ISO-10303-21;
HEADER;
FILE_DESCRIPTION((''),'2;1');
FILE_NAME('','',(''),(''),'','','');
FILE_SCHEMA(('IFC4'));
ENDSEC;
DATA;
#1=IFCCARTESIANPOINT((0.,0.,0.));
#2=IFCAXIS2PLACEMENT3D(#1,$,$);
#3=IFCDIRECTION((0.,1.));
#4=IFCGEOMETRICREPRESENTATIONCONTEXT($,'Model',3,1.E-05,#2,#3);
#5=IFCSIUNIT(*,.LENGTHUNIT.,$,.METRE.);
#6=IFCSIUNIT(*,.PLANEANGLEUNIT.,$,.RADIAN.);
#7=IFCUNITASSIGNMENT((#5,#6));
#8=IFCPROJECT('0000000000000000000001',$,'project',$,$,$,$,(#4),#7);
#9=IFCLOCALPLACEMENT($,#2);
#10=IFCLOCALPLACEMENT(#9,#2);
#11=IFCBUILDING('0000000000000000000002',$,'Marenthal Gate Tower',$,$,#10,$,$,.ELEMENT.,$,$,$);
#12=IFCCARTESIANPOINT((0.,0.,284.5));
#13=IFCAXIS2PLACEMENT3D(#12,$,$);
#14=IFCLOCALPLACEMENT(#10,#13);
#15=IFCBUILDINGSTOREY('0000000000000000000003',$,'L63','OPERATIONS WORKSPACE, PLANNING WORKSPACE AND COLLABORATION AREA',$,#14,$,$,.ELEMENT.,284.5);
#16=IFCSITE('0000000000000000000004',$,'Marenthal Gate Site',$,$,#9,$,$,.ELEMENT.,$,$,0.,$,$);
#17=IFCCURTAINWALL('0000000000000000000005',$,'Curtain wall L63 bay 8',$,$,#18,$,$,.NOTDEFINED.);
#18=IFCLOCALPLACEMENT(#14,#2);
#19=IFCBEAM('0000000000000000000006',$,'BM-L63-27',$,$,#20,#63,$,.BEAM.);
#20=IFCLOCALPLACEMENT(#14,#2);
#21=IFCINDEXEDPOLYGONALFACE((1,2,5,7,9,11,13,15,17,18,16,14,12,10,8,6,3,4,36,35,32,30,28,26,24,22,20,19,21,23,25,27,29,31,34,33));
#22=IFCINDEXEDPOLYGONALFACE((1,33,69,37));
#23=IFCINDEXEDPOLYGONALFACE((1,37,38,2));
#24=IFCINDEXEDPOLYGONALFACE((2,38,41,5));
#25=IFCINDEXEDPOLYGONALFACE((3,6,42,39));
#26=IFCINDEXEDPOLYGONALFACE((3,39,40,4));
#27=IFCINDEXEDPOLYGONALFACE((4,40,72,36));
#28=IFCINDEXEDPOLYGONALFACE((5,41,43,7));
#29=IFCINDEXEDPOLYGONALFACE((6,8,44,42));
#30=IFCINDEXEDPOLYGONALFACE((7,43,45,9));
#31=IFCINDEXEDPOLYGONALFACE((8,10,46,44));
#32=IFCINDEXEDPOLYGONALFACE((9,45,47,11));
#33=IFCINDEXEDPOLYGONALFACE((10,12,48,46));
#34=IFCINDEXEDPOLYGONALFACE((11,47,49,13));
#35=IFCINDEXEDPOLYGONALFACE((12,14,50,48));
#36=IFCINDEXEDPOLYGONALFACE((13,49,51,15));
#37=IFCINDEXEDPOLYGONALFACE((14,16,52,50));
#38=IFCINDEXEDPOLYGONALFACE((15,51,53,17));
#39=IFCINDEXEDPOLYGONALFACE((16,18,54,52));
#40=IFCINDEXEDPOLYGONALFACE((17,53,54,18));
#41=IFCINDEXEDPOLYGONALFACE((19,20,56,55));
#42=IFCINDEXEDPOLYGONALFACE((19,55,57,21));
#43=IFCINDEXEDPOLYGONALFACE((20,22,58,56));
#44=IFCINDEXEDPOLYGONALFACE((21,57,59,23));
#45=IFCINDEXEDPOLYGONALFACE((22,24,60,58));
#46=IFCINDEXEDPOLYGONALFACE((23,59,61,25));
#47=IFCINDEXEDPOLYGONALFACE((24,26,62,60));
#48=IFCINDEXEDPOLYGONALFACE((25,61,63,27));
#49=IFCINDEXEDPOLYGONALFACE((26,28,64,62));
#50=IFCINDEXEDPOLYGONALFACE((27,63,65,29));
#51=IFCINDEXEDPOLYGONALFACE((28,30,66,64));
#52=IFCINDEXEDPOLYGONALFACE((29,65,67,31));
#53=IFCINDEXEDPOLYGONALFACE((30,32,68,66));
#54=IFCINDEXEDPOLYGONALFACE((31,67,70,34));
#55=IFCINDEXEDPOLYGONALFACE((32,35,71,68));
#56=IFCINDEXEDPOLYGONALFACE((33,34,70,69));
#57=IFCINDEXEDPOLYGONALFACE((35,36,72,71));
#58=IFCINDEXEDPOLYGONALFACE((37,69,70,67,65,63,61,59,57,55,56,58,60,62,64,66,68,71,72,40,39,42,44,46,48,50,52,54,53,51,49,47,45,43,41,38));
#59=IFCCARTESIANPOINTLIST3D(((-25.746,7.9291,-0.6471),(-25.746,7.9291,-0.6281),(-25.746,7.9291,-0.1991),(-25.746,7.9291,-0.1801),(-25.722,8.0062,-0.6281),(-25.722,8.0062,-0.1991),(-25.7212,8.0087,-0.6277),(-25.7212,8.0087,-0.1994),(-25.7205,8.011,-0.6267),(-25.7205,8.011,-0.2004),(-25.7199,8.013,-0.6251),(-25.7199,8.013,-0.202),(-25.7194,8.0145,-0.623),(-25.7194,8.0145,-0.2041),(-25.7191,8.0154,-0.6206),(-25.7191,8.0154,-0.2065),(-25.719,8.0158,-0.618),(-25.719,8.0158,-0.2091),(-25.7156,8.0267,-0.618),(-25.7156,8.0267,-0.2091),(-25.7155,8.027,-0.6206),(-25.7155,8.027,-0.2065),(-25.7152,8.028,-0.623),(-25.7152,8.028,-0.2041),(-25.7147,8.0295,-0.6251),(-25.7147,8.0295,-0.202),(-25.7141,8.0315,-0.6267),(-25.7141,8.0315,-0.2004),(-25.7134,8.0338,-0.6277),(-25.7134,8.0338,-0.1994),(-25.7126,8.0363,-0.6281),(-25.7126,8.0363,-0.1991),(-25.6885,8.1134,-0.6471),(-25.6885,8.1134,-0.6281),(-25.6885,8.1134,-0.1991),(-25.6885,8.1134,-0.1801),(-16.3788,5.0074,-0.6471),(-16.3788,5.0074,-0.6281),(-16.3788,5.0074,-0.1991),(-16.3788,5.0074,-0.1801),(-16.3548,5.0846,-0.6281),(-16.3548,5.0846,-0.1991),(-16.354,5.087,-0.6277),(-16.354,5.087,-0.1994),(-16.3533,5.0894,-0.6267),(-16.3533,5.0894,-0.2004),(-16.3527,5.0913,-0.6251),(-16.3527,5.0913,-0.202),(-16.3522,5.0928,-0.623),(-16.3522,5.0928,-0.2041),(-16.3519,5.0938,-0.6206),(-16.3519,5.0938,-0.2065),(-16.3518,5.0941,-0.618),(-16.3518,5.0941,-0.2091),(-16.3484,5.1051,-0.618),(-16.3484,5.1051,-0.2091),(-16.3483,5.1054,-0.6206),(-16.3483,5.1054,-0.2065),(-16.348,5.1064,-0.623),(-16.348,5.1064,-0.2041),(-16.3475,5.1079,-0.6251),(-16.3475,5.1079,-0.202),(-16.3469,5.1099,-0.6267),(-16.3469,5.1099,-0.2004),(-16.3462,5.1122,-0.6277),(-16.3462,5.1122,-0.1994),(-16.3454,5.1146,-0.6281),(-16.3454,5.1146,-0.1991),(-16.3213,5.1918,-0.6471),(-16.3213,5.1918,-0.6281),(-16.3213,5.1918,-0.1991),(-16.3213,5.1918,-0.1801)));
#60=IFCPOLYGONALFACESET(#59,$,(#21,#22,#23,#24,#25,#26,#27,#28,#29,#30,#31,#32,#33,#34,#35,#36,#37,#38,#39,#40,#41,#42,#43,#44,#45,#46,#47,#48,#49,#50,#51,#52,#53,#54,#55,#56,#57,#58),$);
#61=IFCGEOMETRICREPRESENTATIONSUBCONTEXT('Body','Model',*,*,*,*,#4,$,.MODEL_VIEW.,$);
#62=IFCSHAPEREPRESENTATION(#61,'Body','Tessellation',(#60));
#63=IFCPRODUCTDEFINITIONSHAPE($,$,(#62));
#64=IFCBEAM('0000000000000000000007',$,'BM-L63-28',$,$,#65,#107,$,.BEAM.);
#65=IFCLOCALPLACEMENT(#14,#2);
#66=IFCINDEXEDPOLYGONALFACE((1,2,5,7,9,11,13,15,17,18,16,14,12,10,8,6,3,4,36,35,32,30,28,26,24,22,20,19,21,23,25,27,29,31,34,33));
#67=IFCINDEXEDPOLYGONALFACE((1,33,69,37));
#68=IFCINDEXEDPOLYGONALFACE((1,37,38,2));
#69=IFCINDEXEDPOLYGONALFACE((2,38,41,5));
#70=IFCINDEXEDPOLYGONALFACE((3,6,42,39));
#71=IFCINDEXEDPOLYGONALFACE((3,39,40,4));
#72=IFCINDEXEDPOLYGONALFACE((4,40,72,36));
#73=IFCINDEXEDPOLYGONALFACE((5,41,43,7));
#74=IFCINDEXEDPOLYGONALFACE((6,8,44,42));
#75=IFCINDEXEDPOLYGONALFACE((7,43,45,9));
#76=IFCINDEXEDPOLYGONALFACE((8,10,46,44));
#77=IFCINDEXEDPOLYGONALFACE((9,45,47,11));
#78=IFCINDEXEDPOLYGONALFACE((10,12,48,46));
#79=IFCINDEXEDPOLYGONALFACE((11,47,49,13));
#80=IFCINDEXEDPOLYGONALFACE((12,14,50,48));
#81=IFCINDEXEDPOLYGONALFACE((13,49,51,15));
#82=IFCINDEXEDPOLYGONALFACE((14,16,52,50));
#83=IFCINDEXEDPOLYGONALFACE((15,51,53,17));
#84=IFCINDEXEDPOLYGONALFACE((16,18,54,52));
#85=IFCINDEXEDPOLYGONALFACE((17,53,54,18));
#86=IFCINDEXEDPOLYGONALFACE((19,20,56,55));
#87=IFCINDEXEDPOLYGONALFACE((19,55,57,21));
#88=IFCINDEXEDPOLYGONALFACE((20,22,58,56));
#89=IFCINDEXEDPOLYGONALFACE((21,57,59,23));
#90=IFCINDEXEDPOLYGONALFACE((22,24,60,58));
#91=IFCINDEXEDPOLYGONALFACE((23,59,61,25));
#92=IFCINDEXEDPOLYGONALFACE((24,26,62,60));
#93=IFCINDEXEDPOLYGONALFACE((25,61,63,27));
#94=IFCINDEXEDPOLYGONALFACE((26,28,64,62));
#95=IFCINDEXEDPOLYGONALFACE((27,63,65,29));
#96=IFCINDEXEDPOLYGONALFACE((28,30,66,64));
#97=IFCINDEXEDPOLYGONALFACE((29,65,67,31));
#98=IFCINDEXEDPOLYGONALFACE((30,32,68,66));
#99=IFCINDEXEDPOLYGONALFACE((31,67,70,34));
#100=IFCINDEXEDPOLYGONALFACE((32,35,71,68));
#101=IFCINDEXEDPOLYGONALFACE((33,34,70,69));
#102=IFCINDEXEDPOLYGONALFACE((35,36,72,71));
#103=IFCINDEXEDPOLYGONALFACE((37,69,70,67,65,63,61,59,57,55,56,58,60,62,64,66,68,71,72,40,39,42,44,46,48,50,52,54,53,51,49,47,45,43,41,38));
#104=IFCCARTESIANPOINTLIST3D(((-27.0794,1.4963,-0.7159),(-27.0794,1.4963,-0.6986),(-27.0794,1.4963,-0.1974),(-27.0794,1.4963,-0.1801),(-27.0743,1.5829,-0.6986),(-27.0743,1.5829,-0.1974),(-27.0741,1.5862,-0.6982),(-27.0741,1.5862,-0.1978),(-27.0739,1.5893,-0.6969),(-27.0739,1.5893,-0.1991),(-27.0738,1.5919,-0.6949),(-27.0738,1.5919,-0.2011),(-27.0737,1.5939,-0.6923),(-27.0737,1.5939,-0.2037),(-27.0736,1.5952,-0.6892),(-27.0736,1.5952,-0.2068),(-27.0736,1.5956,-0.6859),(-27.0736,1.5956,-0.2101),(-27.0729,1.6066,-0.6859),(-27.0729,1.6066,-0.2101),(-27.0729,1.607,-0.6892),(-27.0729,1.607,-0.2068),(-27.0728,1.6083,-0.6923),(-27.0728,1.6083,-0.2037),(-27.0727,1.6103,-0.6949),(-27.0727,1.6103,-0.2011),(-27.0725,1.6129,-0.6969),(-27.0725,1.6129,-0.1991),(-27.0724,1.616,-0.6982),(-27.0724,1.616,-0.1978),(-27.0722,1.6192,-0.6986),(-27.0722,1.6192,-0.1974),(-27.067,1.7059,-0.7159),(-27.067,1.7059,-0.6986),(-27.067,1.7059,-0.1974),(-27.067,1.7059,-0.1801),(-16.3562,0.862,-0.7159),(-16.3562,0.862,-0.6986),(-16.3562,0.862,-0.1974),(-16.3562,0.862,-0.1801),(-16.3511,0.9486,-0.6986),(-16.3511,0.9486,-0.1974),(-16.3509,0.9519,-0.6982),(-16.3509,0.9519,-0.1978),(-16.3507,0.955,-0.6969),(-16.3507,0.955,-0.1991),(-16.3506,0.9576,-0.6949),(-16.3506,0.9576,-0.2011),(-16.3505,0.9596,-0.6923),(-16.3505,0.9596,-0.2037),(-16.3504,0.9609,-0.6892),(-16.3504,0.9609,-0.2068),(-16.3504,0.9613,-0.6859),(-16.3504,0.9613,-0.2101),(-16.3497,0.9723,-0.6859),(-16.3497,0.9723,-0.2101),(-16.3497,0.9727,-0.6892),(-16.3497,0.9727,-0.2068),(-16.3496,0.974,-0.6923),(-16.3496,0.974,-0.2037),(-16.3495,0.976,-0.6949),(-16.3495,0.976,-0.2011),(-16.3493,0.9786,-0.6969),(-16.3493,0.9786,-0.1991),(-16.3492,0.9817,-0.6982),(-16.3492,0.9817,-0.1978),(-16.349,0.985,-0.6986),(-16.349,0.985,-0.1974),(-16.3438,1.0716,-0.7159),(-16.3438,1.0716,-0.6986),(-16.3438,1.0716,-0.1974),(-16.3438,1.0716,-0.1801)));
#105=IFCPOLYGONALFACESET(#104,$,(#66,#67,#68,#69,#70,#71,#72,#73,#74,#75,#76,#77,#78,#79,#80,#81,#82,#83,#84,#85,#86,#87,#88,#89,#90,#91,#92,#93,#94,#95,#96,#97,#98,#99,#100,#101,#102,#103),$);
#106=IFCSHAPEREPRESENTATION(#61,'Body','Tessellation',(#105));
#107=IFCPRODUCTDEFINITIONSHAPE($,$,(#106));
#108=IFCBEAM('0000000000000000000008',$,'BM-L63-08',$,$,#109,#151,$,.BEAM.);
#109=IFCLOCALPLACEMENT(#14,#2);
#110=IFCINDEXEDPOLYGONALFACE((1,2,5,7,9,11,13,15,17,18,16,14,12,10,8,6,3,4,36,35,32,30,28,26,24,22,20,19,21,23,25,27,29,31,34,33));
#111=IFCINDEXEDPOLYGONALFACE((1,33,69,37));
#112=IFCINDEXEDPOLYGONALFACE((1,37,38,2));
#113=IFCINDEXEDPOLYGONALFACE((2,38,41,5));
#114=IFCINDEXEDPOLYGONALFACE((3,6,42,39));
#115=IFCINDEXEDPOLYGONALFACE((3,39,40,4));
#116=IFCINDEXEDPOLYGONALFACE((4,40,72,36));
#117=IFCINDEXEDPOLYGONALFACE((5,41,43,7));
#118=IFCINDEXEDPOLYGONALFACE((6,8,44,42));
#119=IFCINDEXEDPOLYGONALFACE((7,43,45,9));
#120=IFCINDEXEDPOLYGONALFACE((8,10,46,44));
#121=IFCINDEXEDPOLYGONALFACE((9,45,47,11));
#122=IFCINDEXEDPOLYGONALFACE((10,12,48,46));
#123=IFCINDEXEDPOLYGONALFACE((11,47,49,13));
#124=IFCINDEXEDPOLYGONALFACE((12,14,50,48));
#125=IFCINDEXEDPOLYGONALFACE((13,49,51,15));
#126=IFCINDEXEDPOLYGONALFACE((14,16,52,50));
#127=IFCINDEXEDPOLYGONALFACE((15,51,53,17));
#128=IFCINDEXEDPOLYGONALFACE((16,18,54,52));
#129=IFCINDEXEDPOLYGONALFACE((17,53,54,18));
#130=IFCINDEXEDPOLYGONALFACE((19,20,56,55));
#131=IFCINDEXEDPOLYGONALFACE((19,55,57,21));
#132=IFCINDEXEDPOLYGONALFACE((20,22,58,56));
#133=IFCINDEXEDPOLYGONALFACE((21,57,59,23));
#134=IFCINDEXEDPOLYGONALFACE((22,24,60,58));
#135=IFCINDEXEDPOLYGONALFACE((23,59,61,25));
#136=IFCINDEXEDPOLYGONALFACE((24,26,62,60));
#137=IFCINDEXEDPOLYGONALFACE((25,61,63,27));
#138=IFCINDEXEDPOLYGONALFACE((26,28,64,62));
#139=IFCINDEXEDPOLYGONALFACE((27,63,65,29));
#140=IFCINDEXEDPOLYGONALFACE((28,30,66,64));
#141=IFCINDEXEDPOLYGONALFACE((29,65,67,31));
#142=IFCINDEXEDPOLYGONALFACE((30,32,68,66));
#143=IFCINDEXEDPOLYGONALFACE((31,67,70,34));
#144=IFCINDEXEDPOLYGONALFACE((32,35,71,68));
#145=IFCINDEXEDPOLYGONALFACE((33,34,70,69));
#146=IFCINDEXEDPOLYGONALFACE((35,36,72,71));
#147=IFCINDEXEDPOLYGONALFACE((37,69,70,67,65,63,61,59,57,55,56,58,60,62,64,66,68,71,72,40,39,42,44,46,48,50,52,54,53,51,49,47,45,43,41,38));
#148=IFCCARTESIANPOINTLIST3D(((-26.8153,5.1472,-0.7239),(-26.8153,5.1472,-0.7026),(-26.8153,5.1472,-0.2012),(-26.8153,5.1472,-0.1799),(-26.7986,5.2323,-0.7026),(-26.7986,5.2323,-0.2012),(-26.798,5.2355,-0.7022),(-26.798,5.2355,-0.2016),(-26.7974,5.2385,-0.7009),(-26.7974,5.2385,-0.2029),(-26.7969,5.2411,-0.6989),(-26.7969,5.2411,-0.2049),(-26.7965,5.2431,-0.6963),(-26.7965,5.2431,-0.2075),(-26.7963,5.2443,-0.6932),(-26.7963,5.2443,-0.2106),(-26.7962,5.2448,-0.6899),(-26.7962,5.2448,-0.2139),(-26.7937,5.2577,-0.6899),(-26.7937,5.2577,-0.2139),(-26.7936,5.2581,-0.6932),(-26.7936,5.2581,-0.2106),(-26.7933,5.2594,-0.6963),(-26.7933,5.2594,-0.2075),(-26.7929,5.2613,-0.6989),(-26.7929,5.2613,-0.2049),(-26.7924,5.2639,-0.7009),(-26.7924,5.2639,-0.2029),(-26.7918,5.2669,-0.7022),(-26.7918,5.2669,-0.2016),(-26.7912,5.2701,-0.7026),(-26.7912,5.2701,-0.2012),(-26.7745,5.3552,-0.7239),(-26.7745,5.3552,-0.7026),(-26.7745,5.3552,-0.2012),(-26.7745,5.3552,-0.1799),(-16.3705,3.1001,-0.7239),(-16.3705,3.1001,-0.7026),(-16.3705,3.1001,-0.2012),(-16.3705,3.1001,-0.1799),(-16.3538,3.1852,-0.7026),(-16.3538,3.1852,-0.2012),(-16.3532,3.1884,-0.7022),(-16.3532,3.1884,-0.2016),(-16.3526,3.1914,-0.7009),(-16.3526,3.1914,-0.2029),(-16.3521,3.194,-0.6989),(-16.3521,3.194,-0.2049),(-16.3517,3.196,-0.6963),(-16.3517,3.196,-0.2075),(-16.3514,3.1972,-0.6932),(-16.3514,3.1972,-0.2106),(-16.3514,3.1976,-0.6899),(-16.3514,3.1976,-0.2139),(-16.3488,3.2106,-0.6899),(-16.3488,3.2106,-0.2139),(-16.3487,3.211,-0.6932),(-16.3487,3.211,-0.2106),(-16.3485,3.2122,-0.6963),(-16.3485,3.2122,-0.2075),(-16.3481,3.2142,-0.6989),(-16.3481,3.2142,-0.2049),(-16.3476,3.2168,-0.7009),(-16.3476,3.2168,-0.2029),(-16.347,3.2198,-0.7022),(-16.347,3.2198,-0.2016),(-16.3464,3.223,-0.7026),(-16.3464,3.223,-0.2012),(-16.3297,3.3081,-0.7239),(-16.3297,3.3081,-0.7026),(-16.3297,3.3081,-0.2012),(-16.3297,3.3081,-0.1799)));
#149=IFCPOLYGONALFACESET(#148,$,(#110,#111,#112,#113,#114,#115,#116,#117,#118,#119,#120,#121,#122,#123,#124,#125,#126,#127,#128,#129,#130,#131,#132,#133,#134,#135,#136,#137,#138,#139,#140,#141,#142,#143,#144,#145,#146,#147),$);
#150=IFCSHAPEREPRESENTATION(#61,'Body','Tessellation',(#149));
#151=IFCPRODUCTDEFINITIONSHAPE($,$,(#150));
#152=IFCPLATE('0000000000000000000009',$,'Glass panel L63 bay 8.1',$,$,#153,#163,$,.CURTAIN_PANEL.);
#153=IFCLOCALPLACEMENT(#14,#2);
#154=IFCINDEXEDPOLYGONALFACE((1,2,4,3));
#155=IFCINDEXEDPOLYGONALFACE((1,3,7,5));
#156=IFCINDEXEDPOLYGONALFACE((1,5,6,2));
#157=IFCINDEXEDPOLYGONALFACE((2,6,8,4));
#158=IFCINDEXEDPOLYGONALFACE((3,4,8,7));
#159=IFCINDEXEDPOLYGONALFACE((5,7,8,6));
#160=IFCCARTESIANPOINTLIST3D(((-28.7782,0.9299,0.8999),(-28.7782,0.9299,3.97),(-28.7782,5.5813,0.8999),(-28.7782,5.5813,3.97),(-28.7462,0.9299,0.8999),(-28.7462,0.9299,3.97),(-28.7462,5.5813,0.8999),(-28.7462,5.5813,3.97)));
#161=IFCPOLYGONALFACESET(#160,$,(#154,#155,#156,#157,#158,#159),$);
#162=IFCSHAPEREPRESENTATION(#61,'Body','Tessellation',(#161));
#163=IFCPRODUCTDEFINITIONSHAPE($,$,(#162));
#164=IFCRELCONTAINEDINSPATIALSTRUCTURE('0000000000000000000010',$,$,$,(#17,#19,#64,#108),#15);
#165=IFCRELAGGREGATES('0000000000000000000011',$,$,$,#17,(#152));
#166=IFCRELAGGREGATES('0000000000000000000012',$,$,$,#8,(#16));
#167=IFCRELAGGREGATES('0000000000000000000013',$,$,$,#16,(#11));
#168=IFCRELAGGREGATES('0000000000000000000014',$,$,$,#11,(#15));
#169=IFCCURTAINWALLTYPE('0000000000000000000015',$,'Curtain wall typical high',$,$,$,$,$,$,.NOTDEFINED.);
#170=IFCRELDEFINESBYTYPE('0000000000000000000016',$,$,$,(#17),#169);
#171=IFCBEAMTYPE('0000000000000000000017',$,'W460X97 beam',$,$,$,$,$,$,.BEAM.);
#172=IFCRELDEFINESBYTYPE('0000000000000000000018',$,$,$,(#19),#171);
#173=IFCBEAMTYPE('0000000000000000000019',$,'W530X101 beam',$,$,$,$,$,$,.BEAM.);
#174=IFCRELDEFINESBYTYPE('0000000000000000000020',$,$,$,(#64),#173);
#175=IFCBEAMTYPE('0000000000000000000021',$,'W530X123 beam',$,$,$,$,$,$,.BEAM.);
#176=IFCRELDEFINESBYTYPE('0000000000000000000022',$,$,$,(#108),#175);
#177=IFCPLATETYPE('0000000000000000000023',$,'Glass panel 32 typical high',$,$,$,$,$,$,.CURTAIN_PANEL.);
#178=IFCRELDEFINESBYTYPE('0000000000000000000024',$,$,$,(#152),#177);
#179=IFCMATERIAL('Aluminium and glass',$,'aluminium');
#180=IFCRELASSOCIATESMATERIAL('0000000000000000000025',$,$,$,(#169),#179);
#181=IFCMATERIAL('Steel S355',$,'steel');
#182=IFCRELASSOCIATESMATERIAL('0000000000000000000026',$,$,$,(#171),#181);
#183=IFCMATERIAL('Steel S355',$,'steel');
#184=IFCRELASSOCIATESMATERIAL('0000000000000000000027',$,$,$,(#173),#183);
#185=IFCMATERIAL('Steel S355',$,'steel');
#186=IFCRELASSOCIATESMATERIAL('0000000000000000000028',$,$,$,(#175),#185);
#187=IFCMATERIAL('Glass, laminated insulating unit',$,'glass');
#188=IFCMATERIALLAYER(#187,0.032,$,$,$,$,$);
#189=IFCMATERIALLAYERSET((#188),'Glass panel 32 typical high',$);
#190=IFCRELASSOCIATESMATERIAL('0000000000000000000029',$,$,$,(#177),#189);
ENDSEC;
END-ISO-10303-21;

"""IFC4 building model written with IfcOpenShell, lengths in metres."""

from ifc_helpers import new_model, si_unit, direction, frame, origin, origin_2d, place, context, subcontext, project, spatial, rectangle, i_section, extrude, material, layer, layer_set, material_profile, profile_set, type_object, element, aggregate, save


model = new_model("IFC4")

# Units and contexts
model_context = context("Model", 3, precision=1e-05, world=origin(), true_north=direction((0.0, 1.0)))
body_context = subcontext(model_context, "Body", "Model", "MODEL_VIEW")
ifc_project = project(units=[si_unit("LENGTHUNIT", "METRE"), si_unit("PLANEANGLEUNIT", "RADIAN")], contexts=[model_context])

# Site, building, storey
site_placement = place(None, origin())
site = spatial("IfcSite", under=ifc_project, at=site_placement, Name="Marenthal Gate Site", CompositionType="ELEMENT", RefElevation=0.0)
building_placement = place(site_placement, origin())
building = spatial("IfcBuilding", under=site, at=building_placement, Name="Marenthal Gate Tower", CompositionType="ELEMENT")
storey_placement = place(building_placement, frame((0.0, 0.0, 284.5)))
storey = spatial("IfcBuildingStorey", under=building, at=storey_placement, Name="L63", Description="OPERATIONS WORKSPACE, PLANNING WORKSPACE AND COLLABORATION AREA", CompositionType="ELEMENT", Elevation=284.5)

# Curtain wall
ifc_material_1 = material(Name="Aluminium and glass", Category="aluminium")
curtain_wall_type = type_object("IfcCurtainWallType", Name="Curtain wall typical high", PredefinedType="NOTDEFINED", material=ifc_material_1)
curtain_wall_placement = place(storey_placement, origin())
curtain_wall = element("IfcCurtainWall", 1, at=curtain_wall_placement, inside=storey, type_object=curtain_wall_type, Name="Curtain wall L63 bay 8", PredefinedType="NOTDEFINED")

# Beams
ifc_material_2 = material(Name="Steel S355", Category="steel")
ifc_material_profile_1 = material_profile(ifc_material_2, i_section(OverallWidth=0.1931, OverallDepth=0.467, WebThickness=0.0115, FlangeThickness=0.019, FilletRadius=0.01, at=origin_2d()), Name="W460X97")
ifc_profile_set_1 = profile_set([ifc_material_profile_1], Name="Steel S355")
beam_type_1 = type_object("IfcBeamType", Name="W460X97 beam", PredefinedType="BEAM", material=ifc_profile_set_1)
beam_1_placement = place(storey_placement, frame((-25.7173, 8.0212, -0.4136), z_axis=(0.954643, -0.297754, 0.0), x_axis=(0.297754, 0.954643, 0.0)))
element("IfcBeam", 2, at=beam_1_placement, inside=storey, type_object=beam_type_1, Name="BM-L63-27", PredefinedType="BEAM", context=body_context, shape_type="SweptSolid", body=[
    extrude(i_section(OverallWidth=0.1931, OverallDepth=0.467, WebThickness=0.0115, FlangeThickness=0.019, FilletRadius=0.01, at=origin_2d()), origin(), (0.0, 0.0, 1.0), 9.8123),
])
ifc_material_3 = material(Name="Steel S355", Category="steel")
ifc_material_profile_2 = material_profile(ifc_material_3, i_section(OverallWidth=0.21, OverallDepth=0.5359, WebThickness=0.011, FlangeThickness=0.0173, FilletRadius=0.0127, at=origin_2d()), Name="W530X101")
ifc_profile_set_2 = profile_set([ifc_material_profile_2], Name="Steel S355")
beam_type_2 = type_object("IfcBeamType", Name="W530X101 beam", PredefinedType="BEAM", material=ifc_profile_set_2)
beam_2_placement = place(storey_placement, frame((-27.0732, 1.6011, -0.448), z_axis=(0.998255, -0.059047, 0.0), x_axis=(0.059047, 0.998255, 0.0)))
element("IfcBeam", 3, at=beam_2_placement, inside=storey, type_object=beam_type_2, Name="BM-L63-28", PredefinedType="BEAM", context=body_context, shape_type="SweptSolid", body=[
    extrude(i_section(OverallWidth=0.21, OverallDepth=0.5359, WebThickness=0.011, FlangeThickness=0.0173, FilletRadius=0.0127, at=origin_2d()), origin(), (0.0, 0.0, 1.0), 10.7419),
])
ifc_material_4 = material(Name="Steel S355", Category="steel")
ifc_material_profile_3 = material_profile(ifc_material_4, i_section(OverallWidth=0.2119, OverallDepth=0.5439, WebThickness=0.0132, FlangeThickness=0.0212, FilletRadius=0.0127, at=origin_2d()), Name="W530X123")
ifc_profile_set_3 = profile_set([ifc_material_profile_3], Name="Steel S355")
beam_type_3 = type_object("IfcBeamType", Name="W530X123 beam", PredefinedType="BEAM", material=ifc_profile_set_3)
beam_3_placement = place(storey_placement, frame((-26.7949, 5.2512, -0.4519), z_axis=(0.981329, -0.192334, 0.0), x_axis=(0.192334, 0.981329, 0.0)))
element("IfcBeam", 4, at=beam_3_placement, inside=storey, type_object=beam_type_3, Name="BM-L63-08", PredefinedType="BEAM", context=body_context, shape_type="SweptSolid", body=[
    extrude(i_section(OverallWidth=0.2119, OverallDepth=0.5439, WebThickness=0.0132, FlangeThickness=0.0212, FilletRadius=0.0127, at=origin_2d()), origin(), (0.0, 0.0, 1.0), 10.6436),
])

# Plate
ifc_material_5 = material(Name="Glass, laminated insulating unit", Category="glass")
ifc_layer_1 = layer(ifc_material_5, 0.032)
ifc_layer_set_1 = layer_set([ifc_layer_1], Name="Glass panel 32 typical high")
plate_type = type_object("IfcPlateType", Name="Glass panel 32 typical high", PredefinedType="CURTAIN_PANEL", material=ifc_layer_set_1)
plate_placement = place(storey_placement, frame((-28.7622, 3.2556, 0.8999), z_axis=(0.0, 0.0, 1.0), x_axis=(0.0, -1.0, 0.0)))
plate = element("IfcPlate", 5, at=plate_placement, type_object=plate_type, Name="Glass panel L63 bay 8.1", PredefinedType="CURTAIN_PANEL", context=body_context, shape_type="SweptSolid", body=[
    extrude(rectangle(XDim=4.6514, YDim=0.032, at=origin_2d()), origin(), (0.0, 0.0, 1.0), 3.0701),
])
aggregate(curtain_wall, [plate])

save(model, "model.ifc")
